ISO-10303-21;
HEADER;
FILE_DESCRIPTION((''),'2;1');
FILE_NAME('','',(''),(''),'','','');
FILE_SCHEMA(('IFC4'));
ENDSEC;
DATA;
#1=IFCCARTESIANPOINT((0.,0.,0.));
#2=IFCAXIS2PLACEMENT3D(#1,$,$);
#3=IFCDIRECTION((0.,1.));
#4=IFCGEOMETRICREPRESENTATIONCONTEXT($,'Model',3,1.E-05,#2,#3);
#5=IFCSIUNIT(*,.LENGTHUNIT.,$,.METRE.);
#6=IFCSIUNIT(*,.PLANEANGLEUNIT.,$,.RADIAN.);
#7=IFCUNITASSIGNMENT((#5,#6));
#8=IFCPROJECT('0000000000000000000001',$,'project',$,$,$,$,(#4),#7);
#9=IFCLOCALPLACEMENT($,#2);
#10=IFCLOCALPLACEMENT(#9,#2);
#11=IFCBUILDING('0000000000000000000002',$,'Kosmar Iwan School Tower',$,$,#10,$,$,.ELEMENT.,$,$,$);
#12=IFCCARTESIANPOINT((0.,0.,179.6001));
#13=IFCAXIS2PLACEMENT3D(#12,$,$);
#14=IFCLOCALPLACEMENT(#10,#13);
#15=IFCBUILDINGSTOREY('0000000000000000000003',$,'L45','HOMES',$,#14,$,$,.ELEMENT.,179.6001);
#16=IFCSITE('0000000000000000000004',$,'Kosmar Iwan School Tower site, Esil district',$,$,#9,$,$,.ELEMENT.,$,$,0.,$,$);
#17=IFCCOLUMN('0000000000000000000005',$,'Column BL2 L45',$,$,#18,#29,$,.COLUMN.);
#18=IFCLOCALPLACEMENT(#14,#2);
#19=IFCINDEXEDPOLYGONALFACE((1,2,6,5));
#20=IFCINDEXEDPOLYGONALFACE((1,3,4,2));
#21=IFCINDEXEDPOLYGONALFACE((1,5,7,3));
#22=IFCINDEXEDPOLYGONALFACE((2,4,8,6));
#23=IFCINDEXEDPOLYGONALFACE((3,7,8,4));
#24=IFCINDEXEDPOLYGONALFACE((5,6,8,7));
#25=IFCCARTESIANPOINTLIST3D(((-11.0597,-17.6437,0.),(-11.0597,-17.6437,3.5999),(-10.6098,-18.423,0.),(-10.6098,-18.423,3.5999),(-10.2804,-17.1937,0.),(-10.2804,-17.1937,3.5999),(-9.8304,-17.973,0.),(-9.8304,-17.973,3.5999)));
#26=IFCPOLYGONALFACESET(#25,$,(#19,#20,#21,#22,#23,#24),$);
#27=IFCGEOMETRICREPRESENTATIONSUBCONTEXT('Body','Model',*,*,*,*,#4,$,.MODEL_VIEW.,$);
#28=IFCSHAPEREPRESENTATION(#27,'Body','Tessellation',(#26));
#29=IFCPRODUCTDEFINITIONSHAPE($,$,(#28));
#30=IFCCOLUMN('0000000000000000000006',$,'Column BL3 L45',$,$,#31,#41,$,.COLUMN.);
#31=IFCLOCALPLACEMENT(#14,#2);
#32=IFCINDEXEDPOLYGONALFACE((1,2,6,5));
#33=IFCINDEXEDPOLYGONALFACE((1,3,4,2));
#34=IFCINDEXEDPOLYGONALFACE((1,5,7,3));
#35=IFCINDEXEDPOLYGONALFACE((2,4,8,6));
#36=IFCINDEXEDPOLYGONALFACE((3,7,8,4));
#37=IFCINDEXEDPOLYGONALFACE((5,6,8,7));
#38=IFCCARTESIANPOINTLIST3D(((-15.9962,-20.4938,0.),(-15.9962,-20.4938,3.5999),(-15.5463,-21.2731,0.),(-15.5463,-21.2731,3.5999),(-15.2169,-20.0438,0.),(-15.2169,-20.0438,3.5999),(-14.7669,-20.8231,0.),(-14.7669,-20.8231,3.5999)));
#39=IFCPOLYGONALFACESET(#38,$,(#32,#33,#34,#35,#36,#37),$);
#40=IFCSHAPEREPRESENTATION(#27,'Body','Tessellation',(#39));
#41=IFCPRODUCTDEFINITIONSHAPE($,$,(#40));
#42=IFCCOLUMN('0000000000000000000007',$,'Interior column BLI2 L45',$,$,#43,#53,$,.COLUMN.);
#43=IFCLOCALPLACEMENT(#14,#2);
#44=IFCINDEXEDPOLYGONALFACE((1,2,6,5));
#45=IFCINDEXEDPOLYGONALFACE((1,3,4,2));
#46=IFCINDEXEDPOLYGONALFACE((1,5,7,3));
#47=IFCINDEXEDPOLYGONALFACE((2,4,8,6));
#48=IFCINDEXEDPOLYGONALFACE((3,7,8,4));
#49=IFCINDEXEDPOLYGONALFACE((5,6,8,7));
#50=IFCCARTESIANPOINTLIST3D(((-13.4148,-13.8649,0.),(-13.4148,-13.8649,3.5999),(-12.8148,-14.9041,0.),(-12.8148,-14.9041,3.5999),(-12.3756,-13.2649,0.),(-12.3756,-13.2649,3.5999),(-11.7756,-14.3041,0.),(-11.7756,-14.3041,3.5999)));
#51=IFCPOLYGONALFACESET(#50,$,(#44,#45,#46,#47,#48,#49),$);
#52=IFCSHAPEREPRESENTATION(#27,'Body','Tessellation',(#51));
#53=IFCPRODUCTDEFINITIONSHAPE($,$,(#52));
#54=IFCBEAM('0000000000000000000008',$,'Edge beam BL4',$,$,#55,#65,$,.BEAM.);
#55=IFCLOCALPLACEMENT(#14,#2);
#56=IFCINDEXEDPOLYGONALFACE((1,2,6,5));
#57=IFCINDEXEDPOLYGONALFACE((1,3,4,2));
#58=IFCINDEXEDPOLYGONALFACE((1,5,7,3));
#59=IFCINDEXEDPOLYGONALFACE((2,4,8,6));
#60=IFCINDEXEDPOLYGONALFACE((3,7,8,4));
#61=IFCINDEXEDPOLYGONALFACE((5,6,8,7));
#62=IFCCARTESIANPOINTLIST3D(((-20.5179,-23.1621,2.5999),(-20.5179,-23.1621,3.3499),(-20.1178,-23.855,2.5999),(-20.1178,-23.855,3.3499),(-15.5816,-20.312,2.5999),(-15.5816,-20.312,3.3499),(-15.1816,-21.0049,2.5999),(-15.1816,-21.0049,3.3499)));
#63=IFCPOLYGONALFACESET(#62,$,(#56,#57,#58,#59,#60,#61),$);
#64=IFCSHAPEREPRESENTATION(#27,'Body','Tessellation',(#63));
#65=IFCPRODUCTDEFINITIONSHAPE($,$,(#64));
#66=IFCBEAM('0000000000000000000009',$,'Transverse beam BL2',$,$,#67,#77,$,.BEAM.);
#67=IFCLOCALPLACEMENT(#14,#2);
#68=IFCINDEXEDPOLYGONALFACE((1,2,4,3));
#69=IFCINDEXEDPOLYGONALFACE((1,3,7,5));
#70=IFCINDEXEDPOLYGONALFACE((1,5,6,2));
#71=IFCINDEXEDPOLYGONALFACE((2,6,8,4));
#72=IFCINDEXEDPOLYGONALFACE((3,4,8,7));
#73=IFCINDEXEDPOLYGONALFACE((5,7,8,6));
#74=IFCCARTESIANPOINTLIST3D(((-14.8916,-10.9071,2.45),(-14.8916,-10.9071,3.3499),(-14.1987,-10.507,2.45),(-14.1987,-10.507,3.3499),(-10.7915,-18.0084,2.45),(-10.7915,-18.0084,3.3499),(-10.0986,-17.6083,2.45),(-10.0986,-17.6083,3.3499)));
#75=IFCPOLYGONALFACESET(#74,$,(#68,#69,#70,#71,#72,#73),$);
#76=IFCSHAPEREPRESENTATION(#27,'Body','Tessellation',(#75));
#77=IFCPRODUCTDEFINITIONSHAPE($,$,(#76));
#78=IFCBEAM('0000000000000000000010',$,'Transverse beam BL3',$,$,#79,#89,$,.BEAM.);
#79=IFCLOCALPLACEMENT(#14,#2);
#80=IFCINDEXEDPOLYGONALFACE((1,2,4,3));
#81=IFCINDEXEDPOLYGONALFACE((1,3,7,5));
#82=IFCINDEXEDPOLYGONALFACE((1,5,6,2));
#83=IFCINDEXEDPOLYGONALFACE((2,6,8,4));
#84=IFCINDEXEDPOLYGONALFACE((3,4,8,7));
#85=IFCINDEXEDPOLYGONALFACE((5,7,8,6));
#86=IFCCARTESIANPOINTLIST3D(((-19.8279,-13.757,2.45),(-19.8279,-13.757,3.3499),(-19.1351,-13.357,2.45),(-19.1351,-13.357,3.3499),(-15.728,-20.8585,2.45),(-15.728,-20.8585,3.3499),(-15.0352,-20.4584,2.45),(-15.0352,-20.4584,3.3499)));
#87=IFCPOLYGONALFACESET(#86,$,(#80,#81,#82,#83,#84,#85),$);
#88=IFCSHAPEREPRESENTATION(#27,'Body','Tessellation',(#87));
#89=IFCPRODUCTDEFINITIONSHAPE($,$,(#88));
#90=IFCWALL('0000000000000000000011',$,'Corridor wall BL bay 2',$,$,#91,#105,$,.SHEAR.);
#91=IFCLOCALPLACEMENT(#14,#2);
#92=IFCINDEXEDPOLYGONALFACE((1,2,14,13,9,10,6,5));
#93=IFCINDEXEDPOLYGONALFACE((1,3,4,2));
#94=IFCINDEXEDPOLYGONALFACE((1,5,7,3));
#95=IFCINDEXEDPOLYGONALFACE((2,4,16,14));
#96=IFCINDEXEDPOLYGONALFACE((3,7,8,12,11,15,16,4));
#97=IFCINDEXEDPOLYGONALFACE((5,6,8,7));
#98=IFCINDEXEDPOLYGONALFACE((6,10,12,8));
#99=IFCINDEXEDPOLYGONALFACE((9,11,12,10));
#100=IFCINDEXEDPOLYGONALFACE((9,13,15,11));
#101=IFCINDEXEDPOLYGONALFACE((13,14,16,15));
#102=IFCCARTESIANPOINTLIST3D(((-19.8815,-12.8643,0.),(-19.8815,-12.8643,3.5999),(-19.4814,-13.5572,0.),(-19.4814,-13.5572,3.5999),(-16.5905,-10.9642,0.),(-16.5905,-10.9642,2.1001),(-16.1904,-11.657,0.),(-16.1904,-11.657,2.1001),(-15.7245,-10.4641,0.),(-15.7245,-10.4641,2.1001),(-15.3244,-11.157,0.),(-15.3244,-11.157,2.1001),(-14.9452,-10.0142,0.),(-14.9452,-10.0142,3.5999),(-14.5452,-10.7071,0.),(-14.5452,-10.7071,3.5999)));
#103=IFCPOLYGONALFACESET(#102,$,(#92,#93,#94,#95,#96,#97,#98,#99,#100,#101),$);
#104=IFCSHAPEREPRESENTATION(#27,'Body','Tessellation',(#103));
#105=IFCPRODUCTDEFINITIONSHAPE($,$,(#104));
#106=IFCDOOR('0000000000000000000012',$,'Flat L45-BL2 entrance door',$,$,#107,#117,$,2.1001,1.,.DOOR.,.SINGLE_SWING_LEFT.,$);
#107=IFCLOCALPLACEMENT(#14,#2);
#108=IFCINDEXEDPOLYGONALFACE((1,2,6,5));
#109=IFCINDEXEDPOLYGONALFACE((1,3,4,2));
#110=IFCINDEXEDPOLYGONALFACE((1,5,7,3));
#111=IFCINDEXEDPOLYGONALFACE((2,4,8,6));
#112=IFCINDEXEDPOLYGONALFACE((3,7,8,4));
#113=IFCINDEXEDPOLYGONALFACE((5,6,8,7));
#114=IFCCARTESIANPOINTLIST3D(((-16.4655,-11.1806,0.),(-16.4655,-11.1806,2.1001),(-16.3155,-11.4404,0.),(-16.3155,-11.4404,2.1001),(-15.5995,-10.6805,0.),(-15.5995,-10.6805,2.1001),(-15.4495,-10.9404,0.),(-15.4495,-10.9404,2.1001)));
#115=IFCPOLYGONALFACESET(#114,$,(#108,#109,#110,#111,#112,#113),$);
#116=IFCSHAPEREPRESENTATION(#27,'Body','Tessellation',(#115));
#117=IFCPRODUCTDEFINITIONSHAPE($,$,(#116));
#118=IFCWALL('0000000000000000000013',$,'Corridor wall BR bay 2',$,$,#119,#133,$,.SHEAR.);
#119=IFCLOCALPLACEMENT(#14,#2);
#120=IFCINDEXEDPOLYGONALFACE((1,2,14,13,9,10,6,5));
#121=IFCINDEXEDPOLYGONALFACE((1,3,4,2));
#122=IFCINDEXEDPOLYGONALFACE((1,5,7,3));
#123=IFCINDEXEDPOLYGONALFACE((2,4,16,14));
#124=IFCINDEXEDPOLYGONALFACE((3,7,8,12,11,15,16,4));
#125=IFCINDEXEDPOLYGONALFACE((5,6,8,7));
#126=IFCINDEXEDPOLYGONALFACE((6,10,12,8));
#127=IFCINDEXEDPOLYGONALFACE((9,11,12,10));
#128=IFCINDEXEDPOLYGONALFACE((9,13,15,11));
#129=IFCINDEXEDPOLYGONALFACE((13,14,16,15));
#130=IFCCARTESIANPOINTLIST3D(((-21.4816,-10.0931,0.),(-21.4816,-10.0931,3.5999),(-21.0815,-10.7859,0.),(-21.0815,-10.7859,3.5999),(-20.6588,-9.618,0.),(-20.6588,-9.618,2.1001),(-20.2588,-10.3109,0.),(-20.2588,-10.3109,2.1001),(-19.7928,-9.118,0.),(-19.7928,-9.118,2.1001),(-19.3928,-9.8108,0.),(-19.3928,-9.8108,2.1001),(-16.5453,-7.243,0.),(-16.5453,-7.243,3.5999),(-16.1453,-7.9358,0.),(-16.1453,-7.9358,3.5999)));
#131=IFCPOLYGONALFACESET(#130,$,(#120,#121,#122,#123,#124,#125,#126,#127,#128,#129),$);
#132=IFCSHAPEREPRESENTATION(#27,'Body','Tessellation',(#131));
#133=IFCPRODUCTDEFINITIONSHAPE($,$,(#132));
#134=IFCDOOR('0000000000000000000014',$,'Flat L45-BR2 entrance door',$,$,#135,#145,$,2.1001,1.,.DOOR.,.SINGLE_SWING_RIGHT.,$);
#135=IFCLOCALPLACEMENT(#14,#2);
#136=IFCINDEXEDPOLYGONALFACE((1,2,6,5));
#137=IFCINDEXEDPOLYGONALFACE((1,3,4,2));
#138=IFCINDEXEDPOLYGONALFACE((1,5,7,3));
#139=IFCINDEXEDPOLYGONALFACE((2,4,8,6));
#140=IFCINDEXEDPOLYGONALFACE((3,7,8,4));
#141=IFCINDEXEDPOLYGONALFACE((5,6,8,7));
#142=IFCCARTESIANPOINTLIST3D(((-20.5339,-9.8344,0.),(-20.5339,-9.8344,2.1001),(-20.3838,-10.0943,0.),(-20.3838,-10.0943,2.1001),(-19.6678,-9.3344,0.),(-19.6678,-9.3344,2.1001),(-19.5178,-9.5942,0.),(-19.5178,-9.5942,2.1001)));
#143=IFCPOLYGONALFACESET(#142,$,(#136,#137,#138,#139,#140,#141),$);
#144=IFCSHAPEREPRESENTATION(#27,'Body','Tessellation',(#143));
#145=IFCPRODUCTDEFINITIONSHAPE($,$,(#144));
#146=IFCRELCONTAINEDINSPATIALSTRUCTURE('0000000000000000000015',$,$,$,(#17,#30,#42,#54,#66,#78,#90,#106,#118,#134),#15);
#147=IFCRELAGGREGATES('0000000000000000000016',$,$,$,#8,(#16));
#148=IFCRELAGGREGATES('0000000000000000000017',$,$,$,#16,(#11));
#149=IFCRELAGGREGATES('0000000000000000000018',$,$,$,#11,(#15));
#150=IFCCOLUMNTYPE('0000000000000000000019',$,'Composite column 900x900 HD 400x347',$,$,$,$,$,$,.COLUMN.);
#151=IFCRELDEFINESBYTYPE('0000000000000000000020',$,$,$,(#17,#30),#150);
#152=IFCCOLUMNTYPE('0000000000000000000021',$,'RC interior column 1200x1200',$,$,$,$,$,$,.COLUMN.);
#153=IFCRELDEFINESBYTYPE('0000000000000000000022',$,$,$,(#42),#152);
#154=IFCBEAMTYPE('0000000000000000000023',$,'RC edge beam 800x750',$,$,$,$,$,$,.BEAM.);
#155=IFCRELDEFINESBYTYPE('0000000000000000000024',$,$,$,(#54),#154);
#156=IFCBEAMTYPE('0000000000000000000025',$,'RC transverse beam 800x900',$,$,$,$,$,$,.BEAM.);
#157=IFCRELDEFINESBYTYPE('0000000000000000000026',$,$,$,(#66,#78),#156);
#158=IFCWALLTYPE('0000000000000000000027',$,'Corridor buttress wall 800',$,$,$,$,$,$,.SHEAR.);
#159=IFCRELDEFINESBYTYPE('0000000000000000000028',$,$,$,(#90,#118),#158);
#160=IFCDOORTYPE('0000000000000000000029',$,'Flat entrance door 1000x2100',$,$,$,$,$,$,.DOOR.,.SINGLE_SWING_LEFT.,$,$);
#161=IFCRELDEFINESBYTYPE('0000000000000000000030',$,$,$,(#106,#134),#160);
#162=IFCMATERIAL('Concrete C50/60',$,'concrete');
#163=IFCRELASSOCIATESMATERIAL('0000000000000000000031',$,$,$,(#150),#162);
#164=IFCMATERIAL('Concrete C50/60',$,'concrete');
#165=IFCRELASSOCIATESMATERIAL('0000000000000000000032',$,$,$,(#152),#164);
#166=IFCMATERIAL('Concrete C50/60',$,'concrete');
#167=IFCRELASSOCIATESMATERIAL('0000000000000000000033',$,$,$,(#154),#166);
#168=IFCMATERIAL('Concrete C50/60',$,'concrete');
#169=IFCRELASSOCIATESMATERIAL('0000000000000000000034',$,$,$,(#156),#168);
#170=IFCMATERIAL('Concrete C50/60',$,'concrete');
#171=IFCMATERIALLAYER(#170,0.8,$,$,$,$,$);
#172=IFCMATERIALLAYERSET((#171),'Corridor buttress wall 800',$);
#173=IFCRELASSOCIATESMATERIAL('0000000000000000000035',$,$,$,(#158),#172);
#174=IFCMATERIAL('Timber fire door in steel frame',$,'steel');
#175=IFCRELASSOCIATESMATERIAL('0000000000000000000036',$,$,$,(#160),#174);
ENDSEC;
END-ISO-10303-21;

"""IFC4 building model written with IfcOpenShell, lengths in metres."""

from ifc_helpers import new_model, si_unit, direction, frame, frame_2d, origin, origin_2d, place, context, subcontext, project, spatial, rectangle, extrude, material, layer, layer_set, material_profile, profile_set, type_object, element, fill, save


model = new_model("IFC4")

# Units and contexts
model_context = context("Model", 3, precision=1e-05, world=origin(), true_north=direction((0.0, 1.0)))
body_context = subcontext(model_context, "Body", "Model", "MODEL_VIEW")
ifc_project = project(units=[si_unit("LENGTHUNIT", "METRE"), si_unit("PLANEANGLEUNIT", "RADIAN")], contexts=[model_context])

# Site, building, storey
site_placement = place(None, origin())
site = spatial("IfcSite", under=ifc_project, at=site_placement, Name="Kosmar Iwan School Tower site, Esil district", CompositionType="ELEMENT", RefElevation=0.0)
building_placement = place(site_placement, origin())
building = spatial("IfcBuilding", under=site, at=building_placement, Name="Kosmar Iwan School Tower", CompositionType="ELEMENT")
storey_placement = place(building_placement, frame((0.0, 0.0, 179.6001)))
storey = spatial("IfcBuildingStorey", under=building, at=storey_placement, Name="L45", Description="HOMES", CompositionType="ELEMENT", Elevation=179.6001)

# Columns
ifc_material_1 = material(Name="Concrete C50/60", Category="concrete")
ifc_material_profile_1 = material_profile(ifc_material_1, rectangle(XDim=0.8999, YDim=0.8999, at=origin_2d()), Name="RC 900x900 + HD 400x347")
ifc_profile_set_1 = profile_set([ifc_material_profile_1], Name="Concrete C50/60")
column_type_1 = type_object("IfcColumnType", Name="Composite column 900x900 HD 400x347", PredefinedType="COLUMN", material=ifc_profile_set_1)
for number, where, z_axis, x_axis, name in (
    (1, (-10.4451, -17.8083, 0.0), (0.0, 0.0, 1.0), (-0.866025, -0.5, 0.0), "Column BL2 L45"),
    (2, (-15.3816, -20.6584, 0.0), (0.0, 0.0, 1.0), (-0.866025, -0.5, 0.0), "Column BL3 L45"),
):
    element("IfcColumn", number, at=place(storey_placement, frame(where, z_axis=z_axis, x_axis=x_axis)), inside=storey, type_object=column_type_1, Name=name, PredefinedType="COLUMN", context=body_context, shape_type="SweptSolid", body=[
        extrude(rectangle(XDim=0.8999, YDim=0.8999, at=origin_2d()), origin(), (0.0, 0.0, 1.0), 3.5999),
    ])
ifc_material_2 = material(Name="Concrete C50/60", Category="concrete")
ifc_material_profile_2 = material_profile(ifc_material_2, rectangle(XDim=1.2, YDim=1.2, at=origin_2d()), Name="RC 1200x1200")
ifc_profile_set_2 = profile_set([ifc_material_profile_2], Name="Concrete C50/60")
column_type_2 = type_object("IfcColumnType", Name="RC interior column 1200x1200", PredefinedType="COLUMN", material=ifc_profile_set_2)
column_placement = place(storey_placement, frame((-12.5952, -14.0845, 0.0), z_axis=(0.0, 0.0, 1.0), x_axis=(-0.866025, -0.5, 0.0)))
element("IfcColumn", 3, at=column_placement, inside=storey, type_object=column_type_2, Name="Interior column BLI2 L45", PredefinedType="COLUMN", context=body_context, shape_type="SweptSolid", body=[
    extrude(rectangle(XDim=1.2, YDim=1.2, at=origin_2d()), origin(), (0.0, 0.0, 1.0), 3.5999),
])

# Beams
ifc_material_3 = material(Name="Concrete C50/60", Category="concrete")
ifc_material_profile_3 = material_profile(ifc_material_3, rectangle(XDim=0.8, YDim=0.75, at=origin_2d()), Name="RC 800x750")
ifc_profile_set_3 = profile_set([ifc_material_profile_3], Name="Concrete C50/60")
beam_type_1 = type_object("IfcBeamType", Name="RC edge beam 800x750", PredefinedType="BEAM", material=ifc_profile_set_3)
beam_placement = place(storey_placement, frame((-15.3816, -20.6584, 2.9749), z_axis=(-0.866015, -0.500018, 0.0), x_axis=(0.500018, -0.866015, 0.0)))
element("IfcBeam", 4, at=beam_placement, inside=storey, type_object=beam_type_1, Name="Edge beam BL4", PredefinedType="BEAM", context=body_context, shape_type="SweptSolid", body=[
    extrude(rectangle(XDim=0.8, YDim=0.75, at=origin_2d()), origin(), (0.0, 0.0, 1.0), 5.7),
])
ifc_material_4 = material(Name="Concrete C50/60", Category="concrete")
ifc_material_profile_4 = material_profile(ifc_material_4, rectangle(XDim=0.8, YDim=0.8999, at=origin_2d()), Name="RC 800x900")
ifc_profile_set_4 = profile_set([ifc_material_profile_4], Name="Concrete C50/60")
beam_type_2 = type_object("IfcBeamType", Name="RC transverse beam 800x900", PredefinedType="BEAM", material=ifc_profile_set_4)
for number, where, z_axis, x_axis, name in (
    (5, (-10.4451, -17.8083, 2.8999), (-0.500014, 0.866018, 0.0), (-0.866018, -0.500014, 0.0), "Transverse beam BL2"),
    (6, (-15.3816, -20.6584, 2.8999), (-0.499991, 0.86603, 0.0), (-0.86603, -0.499991, 0.0), "Transverse beam BL3"),
):
    element("IfcBeam", number, at=place(storey_placement, frame(where, z_axis=z_axis, x_axis=x_axis)), inside=storey, type_object=beam_type_2, Name=name, PredefinedType="BEAM", context=body_context, shape_type="SweptSolid", body=[
        extrude(rectangle(XDim=0.8, YDim=0.8999, at=origin_2d()), origin(), (0.0, 0.0, 1.0), 8.2),
    ])

# Walls, openings, doors
ifc_material_5 = material(Name="Concrete C50/60", Category="concrete")
ifc_layer_1 = layer(ifc_material_5, 0.8)
ifc_layer_set_1 = layer_set([ifc_layer_1], Name="Corridor buttress wall 800")
wall_type_1 = type_object("IfcWallType", Name="Corridor buttress wall 800", PredefinedType="SHEAR", material=ifc_layer_set_1)
wall_1_placement = place(storey_placement, frame((-14.7451, -10.3606, 0.0), z_axis=(0.0, 0.0, 1.0), x_axis=(-0.866015, -0.500018, 0.0)))
wall_1 = element("IfcWall", 7, at=wall_1_placement, inside=storey, type_object=wall_type_1, Name="Corridor wall BL bay 2", PredefinedType="SHEAR", context=body_context, shape_type="SweptSolid", body=[
    extrude(rectangle(XDim=5.7, YDim=0.8, at=frame_2d((2.8501, 0.0))), origin(), (0.0, 0.0, 1.0), 3.5999),
])
opening_1_placement = place(wall_1_placement, frame((0.8999, 0.0, 0.0)))
opening_1 = element("IfcOpeningElement", 8, at=opening_1_placement, cuts=wall_1, PredefinedType="OPENING", context=body_context, shape_type="SweptSolid", body=[
    extrude(rectangle(XDim=1.0, YDim=2.1001, at=frame_2d((0.5, 1.05))), frame((0.0, 0.4121, 0.0), z_axis=(0.0, -1.0, 0.0), x_axis=(1.0, 0.0, 0.0)), (0.0, 0.0, 1.0), 0.824),
])
ifc_material_6 = material(Name="Timber fire door in steel frame", Category="steel")
door_type_1 = type_object("IfcDoorType", Name="Flat entrance door 1000x2100", OperationType="SINGLE_SWING_LEFT", PredefinedType="DOOR", material=ifc_material_6)
door_1_placement = place(opening_1_placement, origin())
door_1 = element("IfcDoor", 9, at=door_1_placement, inside=storey, type_object=door_type_1, Name="Flat L45-BL2 entrance door", OperationType="SINGLE_SWING_LEFT", OverallHeight=2.1001, OverallWidth=1.0, PredefinedType="DOOR", context=body_context, shape_type="SweptSolid", body=[
    extrude(rectangle(XDim=1.0, YDim=2.1001, at=frame_2d((0.5, 1.05))), frame((0.0, 0.1499, 0.0), z_axis=(0.0, -1.0, 0.0), x_axis=(1.0, 0.0, 0.0)), (0.0, 0.0, 1.0), 0.3),
])
fill(opening_1, door_1)
wall_2_placement = place(storey_placement, frame((-16.3452, -7.5894, 0.0), z_axis=(0.0, 0.0, 1.0), x_axis=(-0.866015, -0.500018, 0.0)))
wall_2 = element("IfcWall", 10, at=wall_2_placement, inside=storey, type_object=wall_type_1, Name="Corridor wall BR bay 2", PredefinedType="SHEAR", context=body_context, shape_type="SweptSolid", body=[
    extrude(rectangle(XDim=5.7, YDim=0.8, at=frame_2d((2.8501, 0.0))), origin(), (0.0, 0.0, 1.0), 3.5999),
])
opening_2_placement = place(wall_2_placement, frame((3.75, 0.0, 0.0)))
opening_2 = element("IfcOpeningElement", 11, at=opening_2_placement, cuts=wall_2, PredefinedType="OPENING", context=body_context, shape_type="SweptSolid", body=[
    extrude(rectangle(XDim=1.0, YDim=2.1001, at=frame_2d((0.5, 1.05))), frame((0.0, 0.4121, 0.0), z_axis=(0.0, -1.0, 0.0), x_axis=(1.0, 0.0, 0.0)), (0.0, 0.0, 1.0), 0.824),
])
door_2_placement = place(opening_2_placement, origin())
door_2 = element("IfcDoor", 12, at=door_2_placement, inside=storey, type_object=door_type_1, Name="Flat L45-BR2 entrance door", OperationType="SINGLE_SWING_RIGHT", OverallHeight=2.1001, OverallWidth=1.0, PredefinedType="DOOR", context=body_context, shape_type="SweptSolid", body=[
    extrude(rectangle(XDim=1.0, YDim=2.1001, at=frame_2d((0.5, 1.05))), frame((0.0, 0.1499, 0.0), z_axis=(0.0, -1.0, 0.0), x_axis=(1.0, 0.0, 0.0)), (0.0, 0.0, 1.0), 0.3),
])
fill(opening_2, door_2)

save(model, "model.ifc")
